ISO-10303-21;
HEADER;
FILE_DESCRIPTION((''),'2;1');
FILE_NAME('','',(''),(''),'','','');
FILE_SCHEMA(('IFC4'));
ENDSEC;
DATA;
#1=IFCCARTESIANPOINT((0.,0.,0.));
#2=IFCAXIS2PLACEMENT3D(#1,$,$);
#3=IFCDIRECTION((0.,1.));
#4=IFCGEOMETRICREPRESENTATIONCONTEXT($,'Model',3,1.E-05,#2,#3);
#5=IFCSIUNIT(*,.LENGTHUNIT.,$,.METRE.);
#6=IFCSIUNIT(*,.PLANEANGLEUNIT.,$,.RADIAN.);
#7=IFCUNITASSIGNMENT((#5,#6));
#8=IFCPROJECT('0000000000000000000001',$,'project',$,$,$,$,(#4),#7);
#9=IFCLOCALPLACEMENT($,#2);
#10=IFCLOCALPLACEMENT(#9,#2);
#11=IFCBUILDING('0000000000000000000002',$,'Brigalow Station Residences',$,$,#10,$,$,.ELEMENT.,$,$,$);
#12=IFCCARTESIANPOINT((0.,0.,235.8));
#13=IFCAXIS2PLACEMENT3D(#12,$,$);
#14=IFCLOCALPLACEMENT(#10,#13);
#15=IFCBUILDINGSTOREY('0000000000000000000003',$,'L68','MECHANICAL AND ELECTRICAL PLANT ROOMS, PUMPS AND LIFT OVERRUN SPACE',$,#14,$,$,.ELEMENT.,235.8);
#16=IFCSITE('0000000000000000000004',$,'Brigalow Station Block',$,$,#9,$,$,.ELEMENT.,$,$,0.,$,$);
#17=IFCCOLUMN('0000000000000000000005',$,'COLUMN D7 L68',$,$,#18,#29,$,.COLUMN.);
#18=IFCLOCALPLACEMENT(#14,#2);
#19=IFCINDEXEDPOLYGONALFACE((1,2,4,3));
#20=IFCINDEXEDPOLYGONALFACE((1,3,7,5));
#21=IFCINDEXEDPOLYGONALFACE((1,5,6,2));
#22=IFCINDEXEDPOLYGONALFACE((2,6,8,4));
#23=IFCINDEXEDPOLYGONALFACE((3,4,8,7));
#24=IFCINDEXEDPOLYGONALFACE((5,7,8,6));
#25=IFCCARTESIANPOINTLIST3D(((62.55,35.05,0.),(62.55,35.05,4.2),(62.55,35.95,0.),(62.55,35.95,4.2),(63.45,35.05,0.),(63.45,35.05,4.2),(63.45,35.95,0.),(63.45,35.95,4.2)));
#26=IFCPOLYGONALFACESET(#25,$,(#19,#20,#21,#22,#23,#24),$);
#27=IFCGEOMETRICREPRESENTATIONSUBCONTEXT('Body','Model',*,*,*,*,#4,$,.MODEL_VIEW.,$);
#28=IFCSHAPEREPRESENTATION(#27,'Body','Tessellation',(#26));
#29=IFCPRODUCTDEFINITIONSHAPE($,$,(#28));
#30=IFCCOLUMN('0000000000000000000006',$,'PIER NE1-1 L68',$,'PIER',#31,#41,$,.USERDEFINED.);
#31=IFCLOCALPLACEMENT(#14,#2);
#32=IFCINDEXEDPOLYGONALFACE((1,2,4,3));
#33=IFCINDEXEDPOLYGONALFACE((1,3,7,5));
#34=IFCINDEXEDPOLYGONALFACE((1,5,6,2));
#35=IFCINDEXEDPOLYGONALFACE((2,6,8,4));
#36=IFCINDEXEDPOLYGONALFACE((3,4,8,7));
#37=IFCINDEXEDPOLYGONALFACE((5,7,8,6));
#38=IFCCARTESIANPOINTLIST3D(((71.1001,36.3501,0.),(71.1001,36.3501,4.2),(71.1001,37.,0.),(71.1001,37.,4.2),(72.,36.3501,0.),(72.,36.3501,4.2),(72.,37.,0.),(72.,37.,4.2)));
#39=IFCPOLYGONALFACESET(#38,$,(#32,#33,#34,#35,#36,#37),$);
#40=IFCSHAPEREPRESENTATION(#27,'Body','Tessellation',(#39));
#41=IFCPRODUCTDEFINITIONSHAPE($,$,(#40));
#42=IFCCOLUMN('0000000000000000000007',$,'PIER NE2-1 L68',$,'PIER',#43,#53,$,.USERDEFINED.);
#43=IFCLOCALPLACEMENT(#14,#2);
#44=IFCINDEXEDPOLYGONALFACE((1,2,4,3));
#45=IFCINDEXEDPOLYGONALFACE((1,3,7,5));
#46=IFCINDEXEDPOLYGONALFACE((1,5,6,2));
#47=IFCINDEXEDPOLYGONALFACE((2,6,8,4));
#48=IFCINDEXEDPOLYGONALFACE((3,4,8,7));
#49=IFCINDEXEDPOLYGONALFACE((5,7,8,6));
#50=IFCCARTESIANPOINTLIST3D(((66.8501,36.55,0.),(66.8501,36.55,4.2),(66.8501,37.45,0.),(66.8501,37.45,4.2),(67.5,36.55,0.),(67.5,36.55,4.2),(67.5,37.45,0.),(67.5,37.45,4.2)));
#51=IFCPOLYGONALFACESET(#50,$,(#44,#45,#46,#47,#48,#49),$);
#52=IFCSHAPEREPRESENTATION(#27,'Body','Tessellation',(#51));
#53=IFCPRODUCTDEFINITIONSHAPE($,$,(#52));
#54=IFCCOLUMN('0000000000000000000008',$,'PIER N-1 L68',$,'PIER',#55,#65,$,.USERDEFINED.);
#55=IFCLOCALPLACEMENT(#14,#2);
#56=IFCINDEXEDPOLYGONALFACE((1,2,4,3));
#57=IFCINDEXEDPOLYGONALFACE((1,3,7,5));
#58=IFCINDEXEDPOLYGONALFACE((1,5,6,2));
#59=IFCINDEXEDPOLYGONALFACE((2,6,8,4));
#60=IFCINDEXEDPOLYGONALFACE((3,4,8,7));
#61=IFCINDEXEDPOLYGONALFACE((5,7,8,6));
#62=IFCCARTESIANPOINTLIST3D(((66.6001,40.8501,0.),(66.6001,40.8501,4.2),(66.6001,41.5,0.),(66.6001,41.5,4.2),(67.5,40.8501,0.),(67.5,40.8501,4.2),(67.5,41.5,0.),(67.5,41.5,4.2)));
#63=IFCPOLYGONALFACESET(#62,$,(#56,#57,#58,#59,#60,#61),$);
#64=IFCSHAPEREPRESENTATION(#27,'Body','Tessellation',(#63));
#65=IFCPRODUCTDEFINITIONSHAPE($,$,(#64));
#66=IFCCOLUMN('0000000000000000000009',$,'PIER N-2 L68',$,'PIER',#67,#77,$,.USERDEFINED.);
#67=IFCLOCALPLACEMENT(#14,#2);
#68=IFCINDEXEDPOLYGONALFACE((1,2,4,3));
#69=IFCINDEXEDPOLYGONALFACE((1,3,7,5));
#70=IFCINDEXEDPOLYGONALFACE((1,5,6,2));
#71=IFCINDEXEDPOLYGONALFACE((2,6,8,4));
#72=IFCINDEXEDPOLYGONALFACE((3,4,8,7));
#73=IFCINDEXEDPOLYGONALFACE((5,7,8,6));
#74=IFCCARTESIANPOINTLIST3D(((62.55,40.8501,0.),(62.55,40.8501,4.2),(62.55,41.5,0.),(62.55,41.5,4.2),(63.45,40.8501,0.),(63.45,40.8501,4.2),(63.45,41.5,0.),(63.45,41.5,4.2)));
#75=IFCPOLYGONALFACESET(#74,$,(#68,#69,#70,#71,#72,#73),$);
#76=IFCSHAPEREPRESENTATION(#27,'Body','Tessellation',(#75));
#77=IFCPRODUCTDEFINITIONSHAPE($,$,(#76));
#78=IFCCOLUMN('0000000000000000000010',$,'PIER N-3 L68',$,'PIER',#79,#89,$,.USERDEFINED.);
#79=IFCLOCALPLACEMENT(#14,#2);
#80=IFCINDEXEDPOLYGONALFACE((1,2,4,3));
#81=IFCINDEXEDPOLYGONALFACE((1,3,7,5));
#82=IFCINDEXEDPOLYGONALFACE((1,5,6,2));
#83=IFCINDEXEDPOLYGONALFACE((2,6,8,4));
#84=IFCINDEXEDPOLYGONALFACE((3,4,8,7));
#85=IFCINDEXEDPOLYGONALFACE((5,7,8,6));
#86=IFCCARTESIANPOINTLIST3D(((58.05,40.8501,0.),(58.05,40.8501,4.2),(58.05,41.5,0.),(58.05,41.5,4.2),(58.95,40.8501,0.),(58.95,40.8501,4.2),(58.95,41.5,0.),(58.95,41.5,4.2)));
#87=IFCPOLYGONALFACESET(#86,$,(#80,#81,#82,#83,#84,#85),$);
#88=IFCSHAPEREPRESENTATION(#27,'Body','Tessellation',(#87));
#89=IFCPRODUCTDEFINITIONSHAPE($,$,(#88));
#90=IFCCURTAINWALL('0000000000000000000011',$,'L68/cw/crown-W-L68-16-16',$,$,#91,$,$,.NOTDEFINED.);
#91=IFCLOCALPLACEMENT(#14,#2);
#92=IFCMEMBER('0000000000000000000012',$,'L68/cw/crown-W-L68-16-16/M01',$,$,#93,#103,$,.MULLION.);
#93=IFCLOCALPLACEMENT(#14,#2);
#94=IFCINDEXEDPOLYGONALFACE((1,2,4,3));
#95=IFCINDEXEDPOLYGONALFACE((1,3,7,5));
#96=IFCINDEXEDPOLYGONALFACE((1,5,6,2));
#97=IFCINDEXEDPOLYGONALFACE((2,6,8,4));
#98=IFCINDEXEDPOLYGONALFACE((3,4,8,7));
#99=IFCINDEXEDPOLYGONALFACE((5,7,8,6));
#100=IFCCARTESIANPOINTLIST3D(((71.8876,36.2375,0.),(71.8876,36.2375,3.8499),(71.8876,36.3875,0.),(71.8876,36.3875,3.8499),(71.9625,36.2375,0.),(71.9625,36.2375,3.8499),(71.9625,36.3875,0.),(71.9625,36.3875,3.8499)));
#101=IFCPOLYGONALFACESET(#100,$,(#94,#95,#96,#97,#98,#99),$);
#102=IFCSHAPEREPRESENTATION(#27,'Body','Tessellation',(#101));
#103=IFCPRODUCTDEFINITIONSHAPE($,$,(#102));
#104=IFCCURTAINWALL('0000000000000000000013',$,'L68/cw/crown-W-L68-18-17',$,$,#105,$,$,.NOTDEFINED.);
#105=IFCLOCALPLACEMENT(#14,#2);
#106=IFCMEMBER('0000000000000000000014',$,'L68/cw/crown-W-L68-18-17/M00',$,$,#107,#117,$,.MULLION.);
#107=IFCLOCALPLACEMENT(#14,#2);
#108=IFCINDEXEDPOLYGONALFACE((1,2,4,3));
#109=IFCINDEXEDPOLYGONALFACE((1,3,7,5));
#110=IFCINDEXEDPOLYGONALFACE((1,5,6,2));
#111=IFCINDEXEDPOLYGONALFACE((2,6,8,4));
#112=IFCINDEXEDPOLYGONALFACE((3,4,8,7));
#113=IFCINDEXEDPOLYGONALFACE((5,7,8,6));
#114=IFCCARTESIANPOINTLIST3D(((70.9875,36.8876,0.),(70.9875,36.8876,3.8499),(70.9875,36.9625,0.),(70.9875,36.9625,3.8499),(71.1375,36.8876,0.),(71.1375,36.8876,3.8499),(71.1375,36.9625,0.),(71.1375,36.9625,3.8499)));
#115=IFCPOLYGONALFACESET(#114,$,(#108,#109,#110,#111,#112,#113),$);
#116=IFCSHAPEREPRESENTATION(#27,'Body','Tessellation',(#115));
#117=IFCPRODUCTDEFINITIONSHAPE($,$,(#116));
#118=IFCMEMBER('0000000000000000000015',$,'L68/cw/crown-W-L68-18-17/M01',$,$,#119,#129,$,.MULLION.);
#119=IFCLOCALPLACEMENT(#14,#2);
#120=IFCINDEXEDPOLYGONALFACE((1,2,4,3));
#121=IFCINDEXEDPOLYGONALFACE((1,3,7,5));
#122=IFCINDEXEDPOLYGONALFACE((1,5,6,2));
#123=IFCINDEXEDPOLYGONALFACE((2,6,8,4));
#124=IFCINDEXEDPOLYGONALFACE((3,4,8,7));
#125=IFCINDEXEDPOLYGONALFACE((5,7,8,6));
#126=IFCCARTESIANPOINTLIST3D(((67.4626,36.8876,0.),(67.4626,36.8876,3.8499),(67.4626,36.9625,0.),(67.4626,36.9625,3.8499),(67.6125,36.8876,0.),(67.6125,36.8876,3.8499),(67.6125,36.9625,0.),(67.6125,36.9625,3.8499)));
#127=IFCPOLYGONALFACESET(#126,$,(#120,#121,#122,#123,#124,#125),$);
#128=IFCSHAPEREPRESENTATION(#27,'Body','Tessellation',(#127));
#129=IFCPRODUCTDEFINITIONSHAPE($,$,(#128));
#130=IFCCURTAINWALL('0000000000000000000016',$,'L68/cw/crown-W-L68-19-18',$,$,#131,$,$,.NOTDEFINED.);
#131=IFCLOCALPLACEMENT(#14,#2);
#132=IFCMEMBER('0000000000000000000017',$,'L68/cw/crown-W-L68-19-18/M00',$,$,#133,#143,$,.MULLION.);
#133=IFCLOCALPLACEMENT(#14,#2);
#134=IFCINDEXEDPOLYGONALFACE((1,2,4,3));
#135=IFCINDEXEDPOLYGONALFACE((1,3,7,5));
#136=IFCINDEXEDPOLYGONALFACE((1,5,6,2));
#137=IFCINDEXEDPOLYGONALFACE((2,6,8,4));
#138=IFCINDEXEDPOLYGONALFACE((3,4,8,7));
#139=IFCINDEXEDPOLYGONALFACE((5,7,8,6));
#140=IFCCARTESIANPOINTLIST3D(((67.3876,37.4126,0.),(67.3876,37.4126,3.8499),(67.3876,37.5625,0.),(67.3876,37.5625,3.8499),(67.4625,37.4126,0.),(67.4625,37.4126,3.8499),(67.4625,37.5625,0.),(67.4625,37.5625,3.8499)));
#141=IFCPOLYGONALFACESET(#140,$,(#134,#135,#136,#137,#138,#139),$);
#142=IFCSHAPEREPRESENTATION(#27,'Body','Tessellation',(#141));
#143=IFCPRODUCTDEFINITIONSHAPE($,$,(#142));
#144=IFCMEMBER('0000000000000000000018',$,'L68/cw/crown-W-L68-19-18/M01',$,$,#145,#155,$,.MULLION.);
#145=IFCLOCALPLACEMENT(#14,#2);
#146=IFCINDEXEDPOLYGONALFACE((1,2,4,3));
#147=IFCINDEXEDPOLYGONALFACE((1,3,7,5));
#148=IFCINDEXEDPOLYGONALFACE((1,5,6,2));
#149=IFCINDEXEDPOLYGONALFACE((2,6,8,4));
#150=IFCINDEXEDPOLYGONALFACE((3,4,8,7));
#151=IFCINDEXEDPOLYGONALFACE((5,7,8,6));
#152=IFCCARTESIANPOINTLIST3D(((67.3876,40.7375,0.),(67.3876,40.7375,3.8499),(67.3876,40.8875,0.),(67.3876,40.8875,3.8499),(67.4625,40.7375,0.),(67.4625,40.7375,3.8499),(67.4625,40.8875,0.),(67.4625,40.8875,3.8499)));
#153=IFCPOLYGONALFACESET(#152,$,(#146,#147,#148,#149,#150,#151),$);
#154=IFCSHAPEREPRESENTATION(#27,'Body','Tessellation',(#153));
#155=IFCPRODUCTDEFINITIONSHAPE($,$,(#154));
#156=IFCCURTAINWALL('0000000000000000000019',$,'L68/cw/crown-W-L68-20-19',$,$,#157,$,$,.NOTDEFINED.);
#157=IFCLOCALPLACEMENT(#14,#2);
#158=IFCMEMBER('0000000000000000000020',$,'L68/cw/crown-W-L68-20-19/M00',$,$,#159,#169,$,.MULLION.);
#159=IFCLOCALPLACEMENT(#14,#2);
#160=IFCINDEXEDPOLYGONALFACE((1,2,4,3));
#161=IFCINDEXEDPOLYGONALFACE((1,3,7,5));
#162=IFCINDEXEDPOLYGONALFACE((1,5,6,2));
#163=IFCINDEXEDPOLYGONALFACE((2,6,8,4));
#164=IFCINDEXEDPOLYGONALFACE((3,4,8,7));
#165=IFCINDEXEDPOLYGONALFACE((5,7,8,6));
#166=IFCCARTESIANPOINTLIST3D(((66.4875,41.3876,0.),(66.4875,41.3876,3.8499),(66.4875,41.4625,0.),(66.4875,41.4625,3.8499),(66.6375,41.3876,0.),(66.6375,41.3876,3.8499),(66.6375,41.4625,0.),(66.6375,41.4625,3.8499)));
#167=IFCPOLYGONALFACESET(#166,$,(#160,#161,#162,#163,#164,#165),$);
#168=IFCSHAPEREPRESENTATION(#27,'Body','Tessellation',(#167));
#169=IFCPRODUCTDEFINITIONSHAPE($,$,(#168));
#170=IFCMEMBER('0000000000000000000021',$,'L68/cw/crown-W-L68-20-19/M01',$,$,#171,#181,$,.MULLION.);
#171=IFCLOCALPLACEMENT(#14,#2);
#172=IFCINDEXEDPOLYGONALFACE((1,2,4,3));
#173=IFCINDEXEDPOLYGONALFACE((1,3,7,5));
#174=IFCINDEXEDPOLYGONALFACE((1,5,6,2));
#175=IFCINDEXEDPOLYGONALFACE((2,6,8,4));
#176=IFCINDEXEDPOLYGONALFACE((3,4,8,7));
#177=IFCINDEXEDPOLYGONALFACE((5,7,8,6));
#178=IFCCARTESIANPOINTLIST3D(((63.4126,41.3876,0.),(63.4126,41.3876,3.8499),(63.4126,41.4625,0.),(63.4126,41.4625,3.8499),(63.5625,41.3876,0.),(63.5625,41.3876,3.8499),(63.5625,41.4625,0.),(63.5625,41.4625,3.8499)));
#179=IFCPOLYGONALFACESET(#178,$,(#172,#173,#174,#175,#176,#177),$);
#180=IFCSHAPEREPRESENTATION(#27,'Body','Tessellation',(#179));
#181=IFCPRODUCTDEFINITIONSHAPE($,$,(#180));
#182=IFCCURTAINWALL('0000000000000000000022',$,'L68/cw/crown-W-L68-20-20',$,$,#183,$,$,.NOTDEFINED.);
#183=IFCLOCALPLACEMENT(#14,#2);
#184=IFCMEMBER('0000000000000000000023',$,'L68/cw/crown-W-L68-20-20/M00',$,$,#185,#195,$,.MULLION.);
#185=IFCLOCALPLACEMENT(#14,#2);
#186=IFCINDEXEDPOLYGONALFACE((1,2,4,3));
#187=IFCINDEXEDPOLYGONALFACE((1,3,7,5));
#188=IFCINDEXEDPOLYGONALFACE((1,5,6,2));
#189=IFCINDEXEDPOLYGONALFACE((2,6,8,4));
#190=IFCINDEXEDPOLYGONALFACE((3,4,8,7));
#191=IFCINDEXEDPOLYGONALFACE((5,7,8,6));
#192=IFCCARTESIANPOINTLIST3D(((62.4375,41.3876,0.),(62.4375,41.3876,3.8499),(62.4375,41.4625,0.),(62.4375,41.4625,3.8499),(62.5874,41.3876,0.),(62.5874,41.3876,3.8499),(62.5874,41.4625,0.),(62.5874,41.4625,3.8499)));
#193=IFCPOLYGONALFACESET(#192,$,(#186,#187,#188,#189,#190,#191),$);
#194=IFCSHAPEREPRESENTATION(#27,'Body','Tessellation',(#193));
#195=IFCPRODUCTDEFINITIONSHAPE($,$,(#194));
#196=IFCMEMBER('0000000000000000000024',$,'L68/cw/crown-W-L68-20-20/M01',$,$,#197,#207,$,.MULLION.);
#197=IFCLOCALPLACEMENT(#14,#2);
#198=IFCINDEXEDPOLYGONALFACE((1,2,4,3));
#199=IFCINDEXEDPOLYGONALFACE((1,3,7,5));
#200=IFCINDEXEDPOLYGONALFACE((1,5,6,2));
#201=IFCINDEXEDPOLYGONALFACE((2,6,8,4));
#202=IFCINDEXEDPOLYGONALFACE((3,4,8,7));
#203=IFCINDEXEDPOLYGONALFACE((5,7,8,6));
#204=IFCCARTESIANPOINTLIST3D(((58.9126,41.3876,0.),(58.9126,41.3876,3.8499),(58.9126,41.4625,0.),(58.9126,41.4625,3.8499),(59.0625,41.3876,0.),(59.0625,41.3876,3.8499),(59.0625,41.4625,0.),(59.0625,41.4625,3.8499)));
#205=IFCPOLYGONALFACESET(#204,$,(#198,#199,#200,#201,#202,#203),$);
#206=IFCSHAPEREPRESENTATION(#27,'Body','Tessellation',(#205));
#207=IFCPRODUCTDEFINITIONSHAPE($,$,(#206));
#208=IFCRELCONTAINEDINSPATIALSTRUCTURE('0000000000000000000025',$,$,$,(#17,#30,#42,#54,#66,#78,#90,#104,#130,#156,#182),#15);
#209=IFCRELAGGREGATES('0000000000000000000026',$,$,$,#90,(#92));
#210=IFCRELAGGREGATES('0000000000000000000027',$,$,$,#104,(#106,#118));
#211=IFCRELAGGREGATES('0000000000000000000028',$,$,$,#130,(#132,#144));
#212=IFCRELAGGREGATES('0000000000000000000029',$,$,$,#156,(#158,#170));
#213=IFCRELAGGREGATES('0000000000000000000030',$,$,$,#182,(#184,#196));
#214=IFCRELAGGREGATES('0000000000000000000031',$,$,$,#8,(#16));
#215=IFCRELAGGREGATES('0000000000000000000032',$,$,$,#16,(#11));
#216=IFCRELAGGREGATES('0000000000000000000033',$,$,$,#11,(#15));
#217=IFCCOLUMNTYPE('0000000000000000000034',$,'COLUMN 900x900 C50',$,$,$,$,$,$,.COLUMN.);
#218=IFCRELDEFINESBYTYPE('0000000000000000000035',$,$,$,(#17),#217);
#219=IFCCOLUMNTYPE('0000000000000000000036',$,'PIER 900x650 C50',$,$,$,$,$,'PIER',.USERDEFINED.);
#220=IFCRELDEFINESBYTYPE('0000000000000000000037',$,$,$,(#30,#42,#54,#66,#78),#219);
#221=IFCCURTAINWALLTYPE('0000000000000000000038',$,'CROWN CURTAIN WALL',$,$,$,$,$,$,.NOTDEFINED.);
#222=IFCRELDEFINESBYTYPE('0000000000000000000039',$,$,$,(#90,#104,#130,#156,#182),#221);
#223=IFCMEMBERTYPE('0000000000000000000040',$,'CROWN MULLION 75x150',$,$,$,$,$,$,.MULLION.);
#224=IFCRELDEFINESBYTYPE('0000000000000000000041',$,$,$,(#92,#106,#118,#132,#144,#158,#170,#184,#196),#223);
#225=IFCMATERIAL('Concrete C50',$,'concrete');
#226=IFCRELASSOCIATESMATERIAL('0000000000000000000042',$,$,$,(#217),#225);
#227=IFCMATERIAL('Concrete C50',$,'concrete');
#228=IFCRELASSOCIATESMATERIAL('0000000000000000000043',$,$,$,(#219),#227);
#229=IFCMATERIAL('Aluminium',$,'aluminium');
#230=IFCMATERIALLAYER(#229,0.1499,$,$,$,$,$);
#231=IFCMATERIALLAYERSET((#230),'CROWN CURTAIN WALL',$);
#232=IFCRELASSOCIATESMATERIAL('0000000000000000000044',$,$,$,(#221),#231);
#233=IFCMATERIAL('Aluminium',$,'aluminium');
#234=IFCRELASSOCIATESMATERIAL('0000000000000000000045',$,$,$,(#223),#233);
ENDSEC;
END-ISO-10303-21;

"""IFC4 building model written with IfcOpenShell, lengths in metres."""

from ifc_helpers import new_model, si_unit, direction, frame, origin, origin_2d, place, context, subcontext, project, spatial, rectangle, extrude, material, layer, layer_set, material_profile, profile_set, type_object, element, aggregate, save


model = new_model("IFC4")

# Units and contexts
model_context = context("Model", 3, precision=1e-05, world=origin(), true_north=direction((0.0, 1.0)))
body_context = subcontext(model_context, "Body", "Model", "MODEL_VIEW")
ifc_project = project(units=[si_unit("LENGTHUNIT", "METRE"), si_unit("PLANEANGLEUNIT", "RADIAN")], contexts=[model_context])

# Site, building, storey
site_placement = place(None, origin())
site = spatial("IfcSite", under=ifc_project, at=site_placement, Name="Brigalow Station Block", CompositionType="ELEMENT", RefElevation=0.0)
building_placement = place(site_placement, origin())
building = spatial("IfcBuilding", under=site, at=building_placement, Name="Brigalow Station Residences", CompositionType="ELEMENT")
storey_placement = place(building_placement, frame((0.0, 0.0, 235.8)))
storey = spatial("IfcBuildingStorey", under=building, at=storey_placement, Name="L68", Description="MECHANICAL AND ELECTRICAL PLANT ROOMS, PUMPS AND LIFT OVERRUN SPACE", CompositionType="ELEMENT", Elevation=235.8)

# Columns
ifc_material_1 = material(Name="Concrete C50", Category="concrete")
ifc_material_profile_1 = material_profile(ifc_material_1, rectangle(XDim=0.8999, YDim=0.8999, at=origin_2d()), Name="RC900x900")
ifc_profile_set_1 = profile_set([ifc_material_profile_1], Name="Concrete C50")
column_type_1 = type_object("IfcColumnType", Name="COLUMN 900x900 C50", PredefinedType="COLUMN", material=ifc_profile_set_1)
column_placement = place(storey_placement, frame((63.0, 35.5, 0.0), z_axis=(0.0, 0.0, 1.0), x_axis=(1.0, 0.0, 0.0)))
element("IfcColumn", 1, at=column_placement, inside=storey, type_object=column_type_1, Name="COLUMN D7 L68", PredefinedType="COLUMN", context=body_context, shape_type="SweptSolid", body=[
    extrude(rectangle(XDim=0.8999, YDim=0.8999, at=origin_2d()), origin(), (0.0, 0.0, 1.0), 4.2),
])
ifc_material_2 = material(Name="Concrete C50", Category="concrete")
ifc_material_profile_2 = material_profile(ifc_material_2, rectangle(XDim=0.8999, YDim=0.6499, at=origin_2d()), Name="RC900x650")
ifc_profile_set_2 = profile_set([ifc_material_profile_2], Name="Concrete C50")
column_type_2 = type_object("IfcColumnType", Name="PIER 900x650 C50", ElementType="PIER", PredefinedType="USERDEFINED", material=ifc_profile_set_2)
for number, where, z_axis, x_axis, name in (
    (2, (71.55, 36.675, 0.0), (0.0, 0.0, 1.0), (-1.0, 0.0, 0.0), "PIER NE1-1 L68"),
    (3, (67.175, 37.0, 0.0), (0.0, 0.0, 1.0), (0.0, 1.0, 0.0), "PIER NE2-1 L68"),
    (4, (67.05, 41.175, 0.0), (0.0, 0.0, 1.0), (-1.0, 0.0, 0.0), "PIER N-1 L68"),
    (5, (63.0, 41.175, 0.0), (0.0, 0.0, 1.0), (-1.0, 0.0, 0.0), "PIER N-2 L68"),
    (6, (58.5, 41.175, 0.0), (0.0, 0.0, 1.0), (-1.0, 0.0, 0.0), "PIER N-3 L68"),
):
    element("IfcColumn", number, at=place(storey_placement, frame(where, z_axis=z_axis, x_axis=x_axis)), inside=storey, type_object=column_type_2, Name=name, ObjectType="PIER", PredefinedType="USERDEFINED", context=body_context, shape_type="SweptSolid", body=[
        extrude(rectangle(XDim=0.8999, YDim=0.6499, at=origin_2d()), origin(), (0.0, 0.0, 1.0), 4.2),
    ])

# Curtain wall, member
ifc_material_3 = material(Name="Aluminium", Category="aluminium")
ifc_layer_1 = layer(ifc_material_3, 0.1499)
ifc_layer_set_1 = layer_set([ifc_layer_1], Name="CROWN CURTAIN WALL")
curtain_wall_type = type_object("IfcCurtainWallType", Name="CROWN CURTAIN WALL", PredefinedType="NOTDEFINED", material=ifc_layer_set_1)
curtain_wall_1_placement = place(storey_placement, origin())
curtain_wall_1 = element("IfcCurtainWall", 7, at=curtain_wall_1_placement, inside=storey, type_object=curtain_wall_type, Name="L68/cw/crown-W-L68-16-16", PredefinedType="NOTDEFINED")
ifc_material_4 = material(Name="Aluminium", Category="aluminium")
ifc_material_profile_3 = material_profile(ifc_material_4, rectangle(XDim=0.075, YDim=0.1499, at=origin_2d()), Name="CROWN MULLION 75x150")
ifc_profile_set_3 = profile_set([ifc_material_profile_3], Name="Aluminium")
member_type_1 = type_object("IfcMemberType", Name="CROWN MULLION 75x150", PredefinedType="MULLION", material=ifc_profile_set_3)
member_1_placement = place(storey_placement, frame((71.925, 36.3125, 0.0), z_axis=(0.0, 0.0, 1.0), x_axis=(-1.0, 0.0, 0.0)))
member_1 = element("IfcMember", 8, at=member_1_placement, type_object=member_type_1, Name="L68/cw/crown-W-L68-16-16/M01", PredefinedType="MULLION", context=body_context, shape_type="SweptSolid", body=[
    extrude(rectangle(XDim=0.075, YDim=0.1499, at=origin_2d()), origin(), (0.0, 0.0, 1.0), 3.8499),
])
aggregate(curtain_wall_1, [member_1])

# Curtain walls, members
curtain_wall_2_placement = place(storey_placement, origin())
curtain_wall_2 = element("IfcCurtainWall", 9, at=curtain_wall_2_placement, inside=storey, type_object=curtain_wall_type, Name="L68/cw/crown-W-L68-18-17", PredefinedType="NOTDEFINED")
member_2_placement = place(storey_placement, frame((71.0625, 36.925, 0.0), z_axis=(0.0, 0.0, 1.0), x_axis=(0.0, -1.0, 0.0)))
member_2 = element("IfcMember", 10, at=member_2_placement, type_object=member_type_1, Name="L68/cw/crown-W-L68-18-17/M00", PredefinedType="MULLION", context=body_context, shape_type="SweptSolid", body=[
    extrude(rectangle(XDim=0.075, YDim=0.1499, at=origin_2d()), origin(), (0.0, 0.0, 1.0), 3.8499),
])
member_3_placement = place(storey_placement, frame((67.5376, 36.925, 0.0), z_axis=(0.0, 0.0, 1.0), x_axis=(0.0, -1.0, 0.0)))
member_3 = element("IfcMember", 11, at=member_3_placement, type_object=member_type_1, Name="L68/cw/crown-W-L68-18-17/M01", PredefinedType="MULLION", context=body_context, shape_type="SweptSolid", body=[
    extrude(rectangle(XDim=0.075, YDim=0.1499, at=origin_2d()), origin(), (0.0, 0.0, 1.0), 3.8499),
])
curtain_wall_3_placement = place(storey_placement, origin())
curtain_wall_3 = element("IfcCurtainWall", 12, at=curtain_wall_3_placement, inside=storey, type_object=curtain_wall_type, Name="L68/cw/crown-W-L68-19-18", PredefinedType="NOTDEFINED")
member_4_placement = place(storey_placement, frame((67.425, 37.4875, 0.0), z_axis=(0.0, 0.0, 1.0), x_axis=(-1.0, 0.0, 0.0)))
member_4 = element("IfcMember", 13, at=member_4_placement, type_object=member_type_1, Name="L68/cw/crown-W-L68-19-18/M00", PredefinedType="MULLION", context=body_context, shape_type="SweptSolid", body=[
    extrude(rectangle(XDim=0.075, YDim=0.1499, at=origin_2d()), origin(), (0.0, 0.0, 1.0), 3.8499),
])
member_5_placement = place(storey_placement, frame((67.425, 40.8125, 0.0), z_axis=(0.0, 0.0, 1.0), x_axis=(-1.0, 0.0, 0.0)))
member_5 = element("IfcMember", 14, at=member_5_placement, type_object=member_type_1, Name="L68/cw/crown-W-L68-19-18/M01", PredefinedType="MULLION", context=body_context, shape_type="SweptSolid", body=[
    extrude(rectangle(XDim=0.075, YDim=0.1499, at=origin_2d()), origin(), (0.0, 0.0, 1.0), 3.8499),
])
curtain_wall_4_placement = place(storey_placement, origin())
curtain_wall_4 = element("IfcCurtainWall", 15, at=curtain_wall_4_placement, inside=storey, type_object=curtain_wall_type, Name="L68/cw/crown-W-L68-20-19", PredefinedType="NOTDEFINED")
member_6_placement = place(storey_placement, frame((66.5625, 41.425, 0.0), z_axis=(0.0, 0.0, 1.0), x_axis=(0.0, -1.0, 0.0)))
member_6 = element("IfcMember", 16, at=member_6_placement, type_object=member_type_1, Name="L68/cw/crown-W-L68-20-19/M00", PredefinedType="MULLION", context=body_context, shape_type="SweptSolid", body=[
    extrude(rectangle(XDim=0.075, YDim=0.1499, at=origin_2d()), origin(), (0.0, 0.0, 1.0), 3.8499),
])
member_7_placement = place(storey_placement, frame((63.4875, 41.425, 0.0), z_axis=(0.0, 0.0, 1.0), x_axis=(0.0, -1.0, 0.0)))
member_7 = element("IfcMember", 17, at=member_7_placement, type_object=member_type_1, Name="L68/cw/crown-W-L68-20-19/M01", PredefinedType="MULLION", context=body_context, shape_type="SweptSolid", body=[
    extrude(rectangle(XDim=0.075, YDim=0.1499, at=origin_2d()), origin(), (0.0, 0.0, 1.0), 3.8499),
])
curtain_wall_5_placement = place(storey_placement, origin())
curtain_wall_5 = element("IfcCurtainWall", 18, at=curtain_wall_5_placement, inside=storey, type_object=curtain_wall_type, Name="L68/cw/crown-W-L68-20-20", PredefinedType="NOTDEFINED")
member_8_placement = place(storey_placement, frame((62.5125, 41.425, 0.0), z_axis=(0.0, 0.0, 1.0), x_axis=(0.0, -1.0, 0.0)))
member_8 = element("IfcMember", 19, at=member_8_placement, type_object=member_type_1, Name="L68/cw/crown-W-L68-20-20/M00", PredefinedType="MULLION", context=body_context, shape_type="SweptSolid", body=[
    extrude(rectangle(XDim=0.075, YDim=0.1499, at=origin_2d()), origin(), (0.0, 0.0, 1.0), 3.8499),
])
member_9_placement = place(storey_placement, frame((58.9875, 41.425, 0.0), z_axis=(0.0, 0.0, 1.0), x_axis=(0.0, -1.0, 0.0)))
member_9 = element("IfcMember", 20, at=member_9_placement, type_object=member_type_1, Name="L68/cw/crown-W-L68-20-20/M01", PredefinedType="MULLION", context=body_context, shape_type="SweptSolid", body=[
    extrude(rectangle(XDim=0.075, YDim=0.1499, at=origin_2d()), origin(), (0.0, 0.0, 1.0), 3.8499),
])

aggregate(curtain_wall_2, [member_2, member_3])
aggregate(curtain_wall_3, [member_4, member_5])
aggregate(curtain_wall_4, [member_6, member_7])
aggregate(curtain_wall_5, [member_8, member_9])

save(model, "model.ifc")
